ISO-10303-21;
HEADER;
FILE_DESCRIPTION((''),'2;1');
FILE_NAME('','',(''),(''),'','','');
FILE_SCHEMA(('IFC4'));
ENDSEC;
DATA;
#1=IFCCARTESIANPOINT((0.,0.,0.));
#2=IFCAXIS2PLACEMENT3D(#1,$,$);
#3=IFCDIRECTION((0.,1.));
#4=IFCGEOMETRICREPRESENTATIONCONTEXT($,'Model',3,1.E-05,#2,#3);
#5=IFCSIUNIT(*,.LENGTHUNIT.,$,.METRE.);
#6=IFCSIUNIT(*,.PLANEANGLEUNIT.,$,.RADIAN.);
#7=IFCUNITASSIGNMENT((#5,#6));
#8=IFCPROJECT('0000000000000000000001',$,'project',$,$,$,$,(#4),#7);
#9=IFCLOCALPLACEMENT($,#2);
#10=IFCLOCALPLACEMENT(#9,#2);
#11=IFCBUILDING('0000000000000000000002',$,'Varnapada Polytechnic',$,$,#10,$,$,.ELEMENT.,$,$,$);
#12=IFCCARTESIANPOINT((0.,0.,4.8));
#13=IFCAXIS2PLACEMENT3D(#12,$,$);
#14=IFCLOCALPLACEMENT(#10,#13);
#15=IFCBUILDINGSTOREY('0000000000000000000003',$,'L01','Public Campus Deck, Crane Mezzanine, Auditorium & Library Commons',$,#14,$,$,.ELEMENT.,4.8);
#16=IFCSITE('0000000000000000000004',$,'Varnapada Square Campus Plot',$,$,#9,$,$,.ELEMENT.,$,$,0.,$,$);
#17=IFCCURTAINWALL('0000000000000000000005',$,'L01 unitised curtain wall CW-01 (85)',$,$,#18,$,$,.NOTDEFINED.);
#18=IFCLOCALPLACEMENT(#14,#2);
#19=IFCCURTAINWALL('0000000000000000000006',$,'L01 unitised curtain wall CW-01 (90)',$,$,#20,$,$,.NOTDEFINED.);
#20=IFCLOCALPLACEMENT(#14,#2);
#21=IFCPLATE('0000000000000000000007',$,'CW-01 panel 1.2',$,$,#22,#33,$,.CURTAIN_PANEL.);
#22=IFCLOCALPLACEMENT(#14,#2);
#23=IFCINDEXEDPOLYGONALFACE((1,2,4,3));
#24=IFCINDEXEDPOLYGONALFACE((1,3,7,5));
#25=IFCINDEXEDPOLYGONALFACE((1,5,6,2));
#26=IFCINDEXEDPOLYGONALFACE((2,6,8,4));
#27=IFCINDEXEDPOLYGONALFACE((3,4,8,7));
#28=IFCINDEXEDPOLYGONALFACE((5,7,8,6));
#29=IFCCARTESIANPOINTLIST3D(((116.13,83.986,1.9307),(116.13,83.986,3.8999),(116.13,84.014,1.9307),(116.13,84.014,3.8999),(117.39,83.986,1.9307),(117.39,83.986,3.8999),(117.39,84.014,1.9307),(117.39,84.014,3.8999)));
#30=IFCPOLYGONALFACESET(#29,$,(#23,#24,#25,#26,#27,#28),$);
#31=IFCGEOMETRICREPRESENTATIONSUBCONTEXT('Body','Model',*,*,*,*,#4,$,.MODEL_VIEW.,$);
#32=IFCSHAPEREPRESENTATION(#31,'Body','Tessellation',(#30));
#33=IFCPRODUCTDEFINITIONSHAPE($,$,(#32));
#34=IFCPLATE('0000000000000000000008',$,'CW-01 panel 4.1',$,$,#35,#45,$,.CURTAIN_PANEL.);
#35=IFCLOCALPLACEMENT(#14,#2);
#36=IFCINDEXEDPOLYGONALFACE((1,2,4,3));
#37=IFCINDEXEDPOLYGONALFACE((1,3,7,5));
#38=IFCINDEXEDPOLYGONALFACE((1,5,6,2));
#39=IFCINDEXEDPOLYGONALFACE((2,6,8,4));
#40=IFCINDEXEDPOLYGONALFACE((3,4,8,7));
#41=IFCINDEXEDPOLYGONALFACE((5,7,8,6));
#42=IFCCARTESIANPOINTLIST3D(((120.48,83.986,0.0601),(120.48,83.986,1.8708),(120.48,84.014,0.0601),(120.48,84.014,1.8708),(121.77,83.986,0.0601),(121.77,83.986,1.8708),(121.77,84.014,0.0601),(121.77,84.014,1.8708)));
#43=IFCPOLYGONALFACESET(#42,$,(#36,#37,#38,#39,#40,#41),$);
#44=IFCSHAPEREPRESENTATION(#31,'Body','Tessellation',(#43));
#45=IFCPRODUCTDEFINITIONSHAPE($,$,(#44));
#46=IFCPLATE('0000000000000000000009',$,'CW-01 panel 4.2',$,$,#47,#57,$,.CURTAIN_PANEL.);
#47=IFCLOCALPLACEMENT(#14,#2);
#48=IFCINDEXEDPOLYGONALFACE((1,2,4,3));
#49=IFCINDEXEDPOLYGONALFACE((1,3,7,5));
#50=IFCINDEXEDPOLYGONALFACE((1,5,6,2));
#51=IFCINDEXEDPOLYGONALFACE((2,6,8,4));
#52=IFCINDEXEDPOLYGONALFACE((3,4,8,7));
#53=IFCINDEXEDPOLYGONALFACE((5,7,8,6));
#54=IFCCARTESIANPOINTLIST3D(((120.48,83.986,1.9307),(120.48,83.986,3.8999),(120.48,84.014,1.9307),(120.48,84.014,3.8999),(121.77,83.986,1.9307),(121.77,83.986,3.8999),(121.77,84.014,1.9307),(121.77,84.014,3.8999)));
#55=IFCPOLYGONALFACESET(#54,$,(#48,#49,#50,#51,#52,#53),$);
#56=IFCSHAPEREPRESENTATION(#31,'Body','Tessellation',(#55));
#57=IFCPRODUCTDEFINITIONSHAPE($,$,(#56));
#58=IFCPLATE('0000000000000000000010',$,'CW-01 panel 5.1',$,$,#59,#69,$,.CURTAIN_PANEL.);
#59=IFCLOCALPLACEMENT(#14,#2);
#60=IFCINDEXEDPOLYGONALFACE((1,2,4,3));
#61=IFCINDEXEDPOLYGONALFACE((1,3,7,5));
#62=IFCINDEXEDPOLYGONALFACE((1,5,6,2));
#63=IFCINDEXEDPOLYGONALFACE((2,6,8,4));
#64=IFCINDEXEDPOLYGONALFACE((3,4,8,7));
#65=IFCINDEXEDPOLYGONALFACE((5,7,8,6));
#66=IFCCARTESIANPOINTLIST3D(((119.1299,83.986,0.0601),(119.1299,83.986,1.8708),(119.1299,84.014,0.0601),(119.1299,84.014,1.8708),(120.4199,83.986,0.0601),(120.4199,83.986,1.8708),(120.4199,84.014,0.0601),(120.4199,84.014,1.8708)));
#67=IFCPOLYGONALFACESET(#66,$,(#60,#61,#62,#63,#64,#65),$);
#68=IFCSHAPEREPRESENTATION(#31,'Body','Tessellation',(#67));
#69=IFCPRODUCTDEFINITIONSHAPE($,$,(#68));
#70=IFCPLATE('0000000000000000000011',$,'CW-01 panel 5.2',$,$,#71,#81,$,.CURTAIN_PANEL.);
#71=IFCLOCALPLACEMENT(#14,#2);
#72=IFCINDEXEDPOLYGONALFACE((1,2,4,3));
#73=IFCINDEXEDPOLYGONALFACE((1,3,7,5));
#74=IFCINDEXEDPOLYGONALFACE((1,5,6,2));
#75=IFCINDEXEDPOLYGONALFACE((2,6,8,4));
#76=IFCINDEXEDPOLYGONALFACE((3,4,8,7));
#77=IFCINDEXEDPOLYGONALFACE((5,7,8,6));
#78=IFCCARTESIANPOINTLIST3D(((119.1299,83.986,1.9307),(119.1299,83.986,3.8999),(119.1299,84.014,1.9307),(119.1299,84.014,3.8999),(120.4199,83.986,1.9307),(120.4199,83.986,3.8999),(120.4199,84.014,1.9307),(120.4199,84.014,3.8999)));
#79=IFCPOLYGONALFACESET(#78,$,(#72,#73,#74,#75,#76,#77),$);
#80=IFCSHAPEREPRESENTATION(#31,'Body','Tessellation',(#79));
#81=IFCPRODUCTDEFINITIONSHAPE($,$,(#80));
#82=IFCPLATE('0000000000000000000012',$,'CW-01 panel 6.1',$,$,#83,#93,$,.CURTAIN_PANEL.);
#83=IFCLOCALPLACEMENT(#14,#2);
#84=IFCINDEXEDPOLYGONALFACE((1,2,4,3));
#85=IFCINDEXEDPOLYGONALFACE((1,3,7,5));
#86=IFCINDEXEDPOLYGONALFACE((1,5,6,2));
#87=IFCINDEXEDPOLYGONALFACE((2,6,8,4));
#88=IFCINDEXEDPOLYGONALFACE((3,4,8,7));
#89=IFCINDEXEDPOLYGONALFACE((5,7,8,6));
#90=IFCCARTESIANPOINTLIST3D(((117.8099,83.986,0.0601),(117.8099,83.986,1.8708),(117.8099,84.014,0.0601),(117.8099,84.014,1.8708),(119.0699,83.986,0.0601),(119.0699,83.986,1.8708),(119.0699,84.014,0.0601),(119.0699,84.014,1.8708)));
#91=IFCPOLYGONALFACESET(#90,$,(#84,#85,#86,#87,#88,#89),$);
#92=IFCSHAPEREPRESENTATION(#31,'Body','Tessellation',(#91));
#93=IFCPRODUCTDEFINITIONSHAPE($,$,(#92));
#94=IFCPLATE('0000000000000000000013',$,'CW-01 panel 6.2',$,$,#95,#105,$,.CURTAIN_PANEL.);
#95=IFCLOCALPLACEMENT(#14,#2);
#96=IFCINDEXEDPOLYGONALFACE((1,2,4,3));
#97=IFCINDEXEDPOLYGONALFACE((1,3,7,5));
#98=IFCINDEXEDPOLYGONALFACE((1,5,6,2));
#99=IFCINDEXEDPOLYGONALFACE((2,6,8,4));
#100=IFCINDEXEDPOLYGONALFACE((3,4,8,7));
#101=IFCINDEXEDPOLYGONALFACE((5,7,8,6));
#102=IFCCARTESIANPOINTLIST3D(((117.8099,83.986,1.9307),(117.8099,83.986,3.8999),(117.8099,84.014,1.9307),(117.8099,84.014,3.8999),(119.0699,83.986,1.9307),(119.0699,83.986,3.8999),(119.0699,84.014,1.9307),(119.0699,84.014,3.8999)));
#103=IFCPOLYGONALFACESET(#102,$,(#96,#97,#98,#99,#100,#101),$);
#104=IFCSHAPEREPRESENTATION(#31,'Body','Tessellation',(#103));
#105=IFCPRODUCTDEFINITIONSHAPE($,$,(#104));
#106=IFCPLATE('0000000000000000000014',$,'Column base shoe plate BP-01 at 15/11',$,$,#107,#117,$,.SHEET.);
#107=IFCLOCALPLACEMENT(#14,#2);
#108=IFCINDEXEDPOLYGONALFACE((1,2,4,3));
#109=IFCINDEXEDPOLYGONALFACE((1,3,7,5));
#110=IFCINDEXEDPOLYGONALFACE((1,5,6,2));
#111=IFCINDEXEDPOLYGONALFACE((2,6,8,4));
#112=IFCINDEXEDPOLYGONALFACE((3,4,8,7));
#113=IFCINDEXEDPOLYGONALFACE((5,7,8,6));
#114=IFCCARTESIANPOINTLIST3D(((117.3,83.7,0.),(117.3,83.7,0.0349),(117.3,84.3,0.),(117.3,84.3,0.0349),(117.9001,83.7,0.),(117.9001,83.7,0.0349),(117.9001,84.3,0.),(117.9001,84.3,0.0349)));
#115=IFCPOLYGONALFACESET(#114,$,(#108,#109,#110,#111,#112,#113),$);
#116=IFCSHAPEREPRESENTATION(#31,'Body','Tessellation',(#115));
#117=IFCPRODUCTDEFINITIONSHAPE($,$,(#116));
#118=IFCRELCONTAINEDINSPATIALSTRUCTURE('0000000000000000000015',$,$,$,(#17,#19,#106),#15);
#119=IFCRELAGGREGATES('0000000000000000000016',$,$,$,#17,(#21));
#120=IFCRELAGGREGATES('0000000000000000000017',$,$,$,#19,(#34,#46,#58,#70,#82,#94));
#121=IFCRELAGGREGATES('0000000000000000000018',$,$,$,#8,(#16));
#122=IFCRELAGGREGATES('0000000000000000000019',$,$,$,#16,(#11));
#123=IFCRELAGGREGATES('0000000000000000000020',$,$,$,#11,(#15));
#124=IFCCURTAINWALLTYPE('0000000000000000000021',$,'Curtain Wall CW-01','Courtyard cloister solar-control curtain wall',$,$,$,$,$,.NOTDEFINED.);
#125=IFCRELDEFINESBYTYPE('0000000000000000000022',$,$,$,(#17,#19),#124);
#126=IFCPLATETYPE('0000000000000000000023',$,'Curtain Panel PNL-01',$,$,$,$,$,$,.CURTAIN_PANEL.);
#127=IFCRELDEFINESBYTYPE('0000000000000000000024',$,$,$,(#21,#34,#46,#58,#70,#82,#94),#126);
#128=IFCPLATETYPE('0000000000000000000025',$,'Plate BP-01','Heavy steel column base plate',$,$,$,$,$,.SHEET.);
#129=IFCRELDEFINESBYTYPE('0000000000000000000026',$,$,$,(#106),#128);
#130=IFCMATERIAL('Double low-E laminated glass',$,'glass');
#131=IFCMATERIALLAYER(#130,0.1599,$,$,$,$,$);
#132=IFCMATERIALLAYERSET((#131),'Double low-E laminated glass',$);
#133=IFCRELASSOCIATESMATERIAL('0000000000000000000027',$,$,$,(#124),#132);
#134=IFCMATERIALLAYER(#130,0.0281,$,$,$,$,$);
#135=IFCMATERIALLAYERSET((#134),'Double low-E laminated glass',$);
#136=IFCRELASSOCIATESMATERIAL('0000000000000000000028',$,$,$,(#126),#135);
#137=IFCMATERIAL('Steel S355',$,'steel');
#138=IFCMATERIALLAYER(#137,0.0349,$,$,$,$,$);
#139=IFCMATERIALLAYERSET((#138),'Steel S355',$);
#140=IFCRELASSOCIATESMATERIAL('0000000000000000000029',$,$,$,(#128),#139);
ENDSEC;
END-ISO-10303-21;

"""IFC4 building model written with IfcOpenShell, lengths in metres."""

from ifc_helpers import new_model, si_unit, direction, frame, origin, origin_2d, place, context, subcontext, project, spatial, rectangle, extrude, material, layer, layer_set, type_object, element, aggregate, save


model = new_model("IFC4")

# Units and contexts
model_context = context("Model", 3, precision=1e-05, world=origin(), true_north=direction((0.0, 1.0)))
body_context = subcontext(model_context, "Body", "Model", "MODEL_VIEW")
ifc_project = project(units=[si_unit("LENGTHUNIT", "METRE"), si_unit("PLANEANGLEUNIT", "RADIAN")], contexts=[model_context])

# Site, building, storey
site_placement = place(None, origin())
site = spatial("IfcSite", under=ifc_project, at=site_placement, Name="Varnapada Square Campus Plot", CompositionType="ELEMENT", RefElevation=0.0)
building_placement = place(site_placement, origin())
building = spatial("IfcBuilding", under=site, at=building_placement, Name="Varnapada Polytechnic", CompositionType="ELEMENT")
storey_placement = place(building_placement, frame((0.0, 0.0, 4.8)))
storey = spatial("IfcBuildingStorey", under=building, at=storey_placement, Name="L01", Description="Public Campus Deck, Crane Mezzanine, Auditorium & Library Commons", CompositionType="ELEMENT", Elevation=4.8)

# Shared definitions
ifc_material_1 = material(Name="Steel S355", Category="steel")

# Curtain wall
ifc_material_2 = material(Name="Double low-E laminated glass", Category="glass")
ifc_layer_1 = layer(ifc_material_2, 0.1599)
ifc_layer_set_1 = layer_set([ifc_layer_1], Name="Double low-E laminated glass")
curtain_wall_type = type_object("IfcCurtainWallType", Name="Curtain Wall CW-01", Description="Courtyard cloister solar-control curtain wall", PredefinedType="NOTDEFINED", material=ifc_layer_set_1)
curtain_wall_1_placement = place(storey_placement, origin())
curtain_wall_1 = element("IfcCurtainWall", 1, at=curtain_wall_1_placement, inside=storey, type_object=curtain_wall_type, Name="L01 unitised curtain wall CW-01 (85)", PredefinedType="NOTDEFINED")

# Curtain wall
curtain_wall_2_placement = place(storey_placement, origin())
curtain_wall_2 = element("IfcCurtainWall", 2, at=curtain_wall_2_placement, inside=storey, type_object=curtain_wall_type, Name="L01 unitised curtain wall CW-01 (90)", PredefinedType="NOTDEFINED")

# Plates
ifc_layer_2 = layer(ifc_material_2, 0.0281)
ifc_layer_set_2 = layer_set([ifc_layer_2], Name="Double low-E laminated glass")
plate_type_1 = type_object("IfcPlateType", Name="Curtain Panel PNL-01", PredefinedType="CURTAIN_PANEL", material=ifc_layer_set_2)
plate_1_placement = place(storey_placement, frame((116.76, 84.0, 1.9307), z_axis=(0.0, 0.0, 1.0), x_axis=(-1.0, 0.0, 0.0)))
plate_1 = element("IfcPlate", 3, at=plate_1_placement, type_object=plate_type_1, Name="CW-01 panel 1.2", PredefinedType="CURTAIN_PANEL", context=body_context, shape_type="SweptSolid", body=[
    extrude(rectangle(XDim=1.26, YDim=0.0281, at=origin_2d()), origin(), (0.0, 0.0, 1.0), 1.9692),
])
aggregate(curtain_wall_1, [plate_1])
plate_2_placement = place(storey_placement, frame((121.125, 84.0, 0.0601), z_axis=(0.0, 0.0, 1.0), x_axis=(-1.0, 0.0, 0.0)))
plate_2 = element("IfcPlate", 4, at=plate_2_placement, type_object=plate_type_1, Name="CW-01 panel 4.1", PredefinedType="CURTAIN_PANEL", context=body_context, shape_type="SweptSolid", body=[
    extrude(rectangle(XDim=1.29, YDim=0.0281, at=origin_2d()), origin(), (0.0, 0.0, 1.0), 1.8108),
])
plate_3_placement = place(storey_placement, frame((121.125, 84.0, 1.9307), z_axis=(0.0, 0.0, 1.0), x_axis=(-1.0, 0.0, 0.0)))
plate_3 = element("IfcPlate", 5, at=plate_3_placement, type_object=plate_type_1, Name="CW-01 panel 4.2", PredefinedType="CURTAIN_PANEL", context=body_context, shape_type="SweptSolid", body=[
    extrude(rectangle(XDim=1.29, YDim=0.0281, at=origin_2d()), origin(), (0.0, 0.0, 1.0), 1.9692),
])
plate_4_placement = place(storey_placement, frame((119.7749, 84.0, 0.0601), z_axis=(0.0, 0.0, 1.0), x_axis=(-1.0, 0.0, 0.0)))
plate_4 = element("IfcPlate", 6, at=plate_4_placement, type_object=plate_type_1, Name="CW-01 panel 5.1", PredefinedType="CURTAIN_PANEL", context=body_context, shape_type="SweptSolid", body=[
    extrude(rectangle(XDim=1.29, YDim=0.0281, at=origin_2d()), origin(), (0.0, 0.0, 1.0), 1.8108),
])
plate_5_placement = place(storey_placement, frame((119.7749, 84.0, 1.9307), z_axis=(0.0, 0.0, 1.0), x_axis=(-1.0, 0.0, 0.0)))
plate_5 = element("IfcPlate", 7, at=plate_5_placement, type_object=plate_type_1, Name="CW-01 panel 5.2", PredefinedType="CURTAIN_PANEL", context=body_context, shape_type="SweptSolid", body=[
    extrude(rectangle(XDim=1.29, YDim=0.0281, at=origin_2d()), origin(), (0.0, 0.0, 1.0), 1.9692),
])
plate_6_placement = place(storey_placement, frame((118.4399, 84.0, 0.0601), z_axis=(0.0, 0.0, 1.0), x_axis=(-1.0, 0.0, 0.0)))
plate_6 = element("IfcPlate", 8, at=plate_6_placement, type_object=plate_type_1, Name="CW-01 panel 6.1", PredefinedType="CURTAIN_PANEL", context=body_context, shape_type="SweptSolid", body=[
    extrude(rectangle(XDim=1.26, YDim=0.0281, at=origin_2d()), origin(), (0.0, 0.0, 1.0), 1.8108),
])
plate_7_placement = place(storey_placement, frame((118.4399, 84.0, 1.9307), z_axis=(0.0, 0.0, 1.0), x_axis=(-1.0, 0.0, 0.0)))
plate_7 = element("IfcPlate", 9, at=plate_7_placement, type_object=plate_type_1, Name="CW-01 panel 6.2", PredefinedType="CURTAIN_PANEL", context=body_context, shape_type="SweptSolid", body=[
    extrude(rectangle(XDim=1.26, YDim=0.0281, at=origin_2d()), origin(), (0.0, 0.0, 1.0), 1.9692),
])
aggregate(curtain_wall_2, [plate_2, plate_3, plate_4, plate_5, plate_6, plate_7])
ifc_layer_3 = layer(ifc_material_1, 0.0349)
ifc_layer_set_3 = layer_set([ifc_layer_3], Name="Steel S355")
plate_type_2 = type_object("IfcPlateType", Name="Plate BP-01", Description="Heavy steel column base plate", PredefinedType="SHEET", material=ifc_layer_set_3)
plate_8_placement = place(storey_placement, frame((117.6001, 84.0, 0.0), z_axis=(0.0, 0.0, 1.0), x_axis=(1.0, 0.0, 0.0)))
element("IfcPlate", 10, at=plate_8_placement, inside=storey, type_object=plate_type_2, Name="Column base shoe plate BP-01 at 15/11", PredefinedType="SHEET", context=body_context, shape_type="SweptSolid", body=[
    extrude(rectangle(XDim=0.6001, YDim=0.6001, at=origin_2d()), origin(), (0.0, 0.0, 1.0), 0.0349),
])

save(model, "model.ifc")
